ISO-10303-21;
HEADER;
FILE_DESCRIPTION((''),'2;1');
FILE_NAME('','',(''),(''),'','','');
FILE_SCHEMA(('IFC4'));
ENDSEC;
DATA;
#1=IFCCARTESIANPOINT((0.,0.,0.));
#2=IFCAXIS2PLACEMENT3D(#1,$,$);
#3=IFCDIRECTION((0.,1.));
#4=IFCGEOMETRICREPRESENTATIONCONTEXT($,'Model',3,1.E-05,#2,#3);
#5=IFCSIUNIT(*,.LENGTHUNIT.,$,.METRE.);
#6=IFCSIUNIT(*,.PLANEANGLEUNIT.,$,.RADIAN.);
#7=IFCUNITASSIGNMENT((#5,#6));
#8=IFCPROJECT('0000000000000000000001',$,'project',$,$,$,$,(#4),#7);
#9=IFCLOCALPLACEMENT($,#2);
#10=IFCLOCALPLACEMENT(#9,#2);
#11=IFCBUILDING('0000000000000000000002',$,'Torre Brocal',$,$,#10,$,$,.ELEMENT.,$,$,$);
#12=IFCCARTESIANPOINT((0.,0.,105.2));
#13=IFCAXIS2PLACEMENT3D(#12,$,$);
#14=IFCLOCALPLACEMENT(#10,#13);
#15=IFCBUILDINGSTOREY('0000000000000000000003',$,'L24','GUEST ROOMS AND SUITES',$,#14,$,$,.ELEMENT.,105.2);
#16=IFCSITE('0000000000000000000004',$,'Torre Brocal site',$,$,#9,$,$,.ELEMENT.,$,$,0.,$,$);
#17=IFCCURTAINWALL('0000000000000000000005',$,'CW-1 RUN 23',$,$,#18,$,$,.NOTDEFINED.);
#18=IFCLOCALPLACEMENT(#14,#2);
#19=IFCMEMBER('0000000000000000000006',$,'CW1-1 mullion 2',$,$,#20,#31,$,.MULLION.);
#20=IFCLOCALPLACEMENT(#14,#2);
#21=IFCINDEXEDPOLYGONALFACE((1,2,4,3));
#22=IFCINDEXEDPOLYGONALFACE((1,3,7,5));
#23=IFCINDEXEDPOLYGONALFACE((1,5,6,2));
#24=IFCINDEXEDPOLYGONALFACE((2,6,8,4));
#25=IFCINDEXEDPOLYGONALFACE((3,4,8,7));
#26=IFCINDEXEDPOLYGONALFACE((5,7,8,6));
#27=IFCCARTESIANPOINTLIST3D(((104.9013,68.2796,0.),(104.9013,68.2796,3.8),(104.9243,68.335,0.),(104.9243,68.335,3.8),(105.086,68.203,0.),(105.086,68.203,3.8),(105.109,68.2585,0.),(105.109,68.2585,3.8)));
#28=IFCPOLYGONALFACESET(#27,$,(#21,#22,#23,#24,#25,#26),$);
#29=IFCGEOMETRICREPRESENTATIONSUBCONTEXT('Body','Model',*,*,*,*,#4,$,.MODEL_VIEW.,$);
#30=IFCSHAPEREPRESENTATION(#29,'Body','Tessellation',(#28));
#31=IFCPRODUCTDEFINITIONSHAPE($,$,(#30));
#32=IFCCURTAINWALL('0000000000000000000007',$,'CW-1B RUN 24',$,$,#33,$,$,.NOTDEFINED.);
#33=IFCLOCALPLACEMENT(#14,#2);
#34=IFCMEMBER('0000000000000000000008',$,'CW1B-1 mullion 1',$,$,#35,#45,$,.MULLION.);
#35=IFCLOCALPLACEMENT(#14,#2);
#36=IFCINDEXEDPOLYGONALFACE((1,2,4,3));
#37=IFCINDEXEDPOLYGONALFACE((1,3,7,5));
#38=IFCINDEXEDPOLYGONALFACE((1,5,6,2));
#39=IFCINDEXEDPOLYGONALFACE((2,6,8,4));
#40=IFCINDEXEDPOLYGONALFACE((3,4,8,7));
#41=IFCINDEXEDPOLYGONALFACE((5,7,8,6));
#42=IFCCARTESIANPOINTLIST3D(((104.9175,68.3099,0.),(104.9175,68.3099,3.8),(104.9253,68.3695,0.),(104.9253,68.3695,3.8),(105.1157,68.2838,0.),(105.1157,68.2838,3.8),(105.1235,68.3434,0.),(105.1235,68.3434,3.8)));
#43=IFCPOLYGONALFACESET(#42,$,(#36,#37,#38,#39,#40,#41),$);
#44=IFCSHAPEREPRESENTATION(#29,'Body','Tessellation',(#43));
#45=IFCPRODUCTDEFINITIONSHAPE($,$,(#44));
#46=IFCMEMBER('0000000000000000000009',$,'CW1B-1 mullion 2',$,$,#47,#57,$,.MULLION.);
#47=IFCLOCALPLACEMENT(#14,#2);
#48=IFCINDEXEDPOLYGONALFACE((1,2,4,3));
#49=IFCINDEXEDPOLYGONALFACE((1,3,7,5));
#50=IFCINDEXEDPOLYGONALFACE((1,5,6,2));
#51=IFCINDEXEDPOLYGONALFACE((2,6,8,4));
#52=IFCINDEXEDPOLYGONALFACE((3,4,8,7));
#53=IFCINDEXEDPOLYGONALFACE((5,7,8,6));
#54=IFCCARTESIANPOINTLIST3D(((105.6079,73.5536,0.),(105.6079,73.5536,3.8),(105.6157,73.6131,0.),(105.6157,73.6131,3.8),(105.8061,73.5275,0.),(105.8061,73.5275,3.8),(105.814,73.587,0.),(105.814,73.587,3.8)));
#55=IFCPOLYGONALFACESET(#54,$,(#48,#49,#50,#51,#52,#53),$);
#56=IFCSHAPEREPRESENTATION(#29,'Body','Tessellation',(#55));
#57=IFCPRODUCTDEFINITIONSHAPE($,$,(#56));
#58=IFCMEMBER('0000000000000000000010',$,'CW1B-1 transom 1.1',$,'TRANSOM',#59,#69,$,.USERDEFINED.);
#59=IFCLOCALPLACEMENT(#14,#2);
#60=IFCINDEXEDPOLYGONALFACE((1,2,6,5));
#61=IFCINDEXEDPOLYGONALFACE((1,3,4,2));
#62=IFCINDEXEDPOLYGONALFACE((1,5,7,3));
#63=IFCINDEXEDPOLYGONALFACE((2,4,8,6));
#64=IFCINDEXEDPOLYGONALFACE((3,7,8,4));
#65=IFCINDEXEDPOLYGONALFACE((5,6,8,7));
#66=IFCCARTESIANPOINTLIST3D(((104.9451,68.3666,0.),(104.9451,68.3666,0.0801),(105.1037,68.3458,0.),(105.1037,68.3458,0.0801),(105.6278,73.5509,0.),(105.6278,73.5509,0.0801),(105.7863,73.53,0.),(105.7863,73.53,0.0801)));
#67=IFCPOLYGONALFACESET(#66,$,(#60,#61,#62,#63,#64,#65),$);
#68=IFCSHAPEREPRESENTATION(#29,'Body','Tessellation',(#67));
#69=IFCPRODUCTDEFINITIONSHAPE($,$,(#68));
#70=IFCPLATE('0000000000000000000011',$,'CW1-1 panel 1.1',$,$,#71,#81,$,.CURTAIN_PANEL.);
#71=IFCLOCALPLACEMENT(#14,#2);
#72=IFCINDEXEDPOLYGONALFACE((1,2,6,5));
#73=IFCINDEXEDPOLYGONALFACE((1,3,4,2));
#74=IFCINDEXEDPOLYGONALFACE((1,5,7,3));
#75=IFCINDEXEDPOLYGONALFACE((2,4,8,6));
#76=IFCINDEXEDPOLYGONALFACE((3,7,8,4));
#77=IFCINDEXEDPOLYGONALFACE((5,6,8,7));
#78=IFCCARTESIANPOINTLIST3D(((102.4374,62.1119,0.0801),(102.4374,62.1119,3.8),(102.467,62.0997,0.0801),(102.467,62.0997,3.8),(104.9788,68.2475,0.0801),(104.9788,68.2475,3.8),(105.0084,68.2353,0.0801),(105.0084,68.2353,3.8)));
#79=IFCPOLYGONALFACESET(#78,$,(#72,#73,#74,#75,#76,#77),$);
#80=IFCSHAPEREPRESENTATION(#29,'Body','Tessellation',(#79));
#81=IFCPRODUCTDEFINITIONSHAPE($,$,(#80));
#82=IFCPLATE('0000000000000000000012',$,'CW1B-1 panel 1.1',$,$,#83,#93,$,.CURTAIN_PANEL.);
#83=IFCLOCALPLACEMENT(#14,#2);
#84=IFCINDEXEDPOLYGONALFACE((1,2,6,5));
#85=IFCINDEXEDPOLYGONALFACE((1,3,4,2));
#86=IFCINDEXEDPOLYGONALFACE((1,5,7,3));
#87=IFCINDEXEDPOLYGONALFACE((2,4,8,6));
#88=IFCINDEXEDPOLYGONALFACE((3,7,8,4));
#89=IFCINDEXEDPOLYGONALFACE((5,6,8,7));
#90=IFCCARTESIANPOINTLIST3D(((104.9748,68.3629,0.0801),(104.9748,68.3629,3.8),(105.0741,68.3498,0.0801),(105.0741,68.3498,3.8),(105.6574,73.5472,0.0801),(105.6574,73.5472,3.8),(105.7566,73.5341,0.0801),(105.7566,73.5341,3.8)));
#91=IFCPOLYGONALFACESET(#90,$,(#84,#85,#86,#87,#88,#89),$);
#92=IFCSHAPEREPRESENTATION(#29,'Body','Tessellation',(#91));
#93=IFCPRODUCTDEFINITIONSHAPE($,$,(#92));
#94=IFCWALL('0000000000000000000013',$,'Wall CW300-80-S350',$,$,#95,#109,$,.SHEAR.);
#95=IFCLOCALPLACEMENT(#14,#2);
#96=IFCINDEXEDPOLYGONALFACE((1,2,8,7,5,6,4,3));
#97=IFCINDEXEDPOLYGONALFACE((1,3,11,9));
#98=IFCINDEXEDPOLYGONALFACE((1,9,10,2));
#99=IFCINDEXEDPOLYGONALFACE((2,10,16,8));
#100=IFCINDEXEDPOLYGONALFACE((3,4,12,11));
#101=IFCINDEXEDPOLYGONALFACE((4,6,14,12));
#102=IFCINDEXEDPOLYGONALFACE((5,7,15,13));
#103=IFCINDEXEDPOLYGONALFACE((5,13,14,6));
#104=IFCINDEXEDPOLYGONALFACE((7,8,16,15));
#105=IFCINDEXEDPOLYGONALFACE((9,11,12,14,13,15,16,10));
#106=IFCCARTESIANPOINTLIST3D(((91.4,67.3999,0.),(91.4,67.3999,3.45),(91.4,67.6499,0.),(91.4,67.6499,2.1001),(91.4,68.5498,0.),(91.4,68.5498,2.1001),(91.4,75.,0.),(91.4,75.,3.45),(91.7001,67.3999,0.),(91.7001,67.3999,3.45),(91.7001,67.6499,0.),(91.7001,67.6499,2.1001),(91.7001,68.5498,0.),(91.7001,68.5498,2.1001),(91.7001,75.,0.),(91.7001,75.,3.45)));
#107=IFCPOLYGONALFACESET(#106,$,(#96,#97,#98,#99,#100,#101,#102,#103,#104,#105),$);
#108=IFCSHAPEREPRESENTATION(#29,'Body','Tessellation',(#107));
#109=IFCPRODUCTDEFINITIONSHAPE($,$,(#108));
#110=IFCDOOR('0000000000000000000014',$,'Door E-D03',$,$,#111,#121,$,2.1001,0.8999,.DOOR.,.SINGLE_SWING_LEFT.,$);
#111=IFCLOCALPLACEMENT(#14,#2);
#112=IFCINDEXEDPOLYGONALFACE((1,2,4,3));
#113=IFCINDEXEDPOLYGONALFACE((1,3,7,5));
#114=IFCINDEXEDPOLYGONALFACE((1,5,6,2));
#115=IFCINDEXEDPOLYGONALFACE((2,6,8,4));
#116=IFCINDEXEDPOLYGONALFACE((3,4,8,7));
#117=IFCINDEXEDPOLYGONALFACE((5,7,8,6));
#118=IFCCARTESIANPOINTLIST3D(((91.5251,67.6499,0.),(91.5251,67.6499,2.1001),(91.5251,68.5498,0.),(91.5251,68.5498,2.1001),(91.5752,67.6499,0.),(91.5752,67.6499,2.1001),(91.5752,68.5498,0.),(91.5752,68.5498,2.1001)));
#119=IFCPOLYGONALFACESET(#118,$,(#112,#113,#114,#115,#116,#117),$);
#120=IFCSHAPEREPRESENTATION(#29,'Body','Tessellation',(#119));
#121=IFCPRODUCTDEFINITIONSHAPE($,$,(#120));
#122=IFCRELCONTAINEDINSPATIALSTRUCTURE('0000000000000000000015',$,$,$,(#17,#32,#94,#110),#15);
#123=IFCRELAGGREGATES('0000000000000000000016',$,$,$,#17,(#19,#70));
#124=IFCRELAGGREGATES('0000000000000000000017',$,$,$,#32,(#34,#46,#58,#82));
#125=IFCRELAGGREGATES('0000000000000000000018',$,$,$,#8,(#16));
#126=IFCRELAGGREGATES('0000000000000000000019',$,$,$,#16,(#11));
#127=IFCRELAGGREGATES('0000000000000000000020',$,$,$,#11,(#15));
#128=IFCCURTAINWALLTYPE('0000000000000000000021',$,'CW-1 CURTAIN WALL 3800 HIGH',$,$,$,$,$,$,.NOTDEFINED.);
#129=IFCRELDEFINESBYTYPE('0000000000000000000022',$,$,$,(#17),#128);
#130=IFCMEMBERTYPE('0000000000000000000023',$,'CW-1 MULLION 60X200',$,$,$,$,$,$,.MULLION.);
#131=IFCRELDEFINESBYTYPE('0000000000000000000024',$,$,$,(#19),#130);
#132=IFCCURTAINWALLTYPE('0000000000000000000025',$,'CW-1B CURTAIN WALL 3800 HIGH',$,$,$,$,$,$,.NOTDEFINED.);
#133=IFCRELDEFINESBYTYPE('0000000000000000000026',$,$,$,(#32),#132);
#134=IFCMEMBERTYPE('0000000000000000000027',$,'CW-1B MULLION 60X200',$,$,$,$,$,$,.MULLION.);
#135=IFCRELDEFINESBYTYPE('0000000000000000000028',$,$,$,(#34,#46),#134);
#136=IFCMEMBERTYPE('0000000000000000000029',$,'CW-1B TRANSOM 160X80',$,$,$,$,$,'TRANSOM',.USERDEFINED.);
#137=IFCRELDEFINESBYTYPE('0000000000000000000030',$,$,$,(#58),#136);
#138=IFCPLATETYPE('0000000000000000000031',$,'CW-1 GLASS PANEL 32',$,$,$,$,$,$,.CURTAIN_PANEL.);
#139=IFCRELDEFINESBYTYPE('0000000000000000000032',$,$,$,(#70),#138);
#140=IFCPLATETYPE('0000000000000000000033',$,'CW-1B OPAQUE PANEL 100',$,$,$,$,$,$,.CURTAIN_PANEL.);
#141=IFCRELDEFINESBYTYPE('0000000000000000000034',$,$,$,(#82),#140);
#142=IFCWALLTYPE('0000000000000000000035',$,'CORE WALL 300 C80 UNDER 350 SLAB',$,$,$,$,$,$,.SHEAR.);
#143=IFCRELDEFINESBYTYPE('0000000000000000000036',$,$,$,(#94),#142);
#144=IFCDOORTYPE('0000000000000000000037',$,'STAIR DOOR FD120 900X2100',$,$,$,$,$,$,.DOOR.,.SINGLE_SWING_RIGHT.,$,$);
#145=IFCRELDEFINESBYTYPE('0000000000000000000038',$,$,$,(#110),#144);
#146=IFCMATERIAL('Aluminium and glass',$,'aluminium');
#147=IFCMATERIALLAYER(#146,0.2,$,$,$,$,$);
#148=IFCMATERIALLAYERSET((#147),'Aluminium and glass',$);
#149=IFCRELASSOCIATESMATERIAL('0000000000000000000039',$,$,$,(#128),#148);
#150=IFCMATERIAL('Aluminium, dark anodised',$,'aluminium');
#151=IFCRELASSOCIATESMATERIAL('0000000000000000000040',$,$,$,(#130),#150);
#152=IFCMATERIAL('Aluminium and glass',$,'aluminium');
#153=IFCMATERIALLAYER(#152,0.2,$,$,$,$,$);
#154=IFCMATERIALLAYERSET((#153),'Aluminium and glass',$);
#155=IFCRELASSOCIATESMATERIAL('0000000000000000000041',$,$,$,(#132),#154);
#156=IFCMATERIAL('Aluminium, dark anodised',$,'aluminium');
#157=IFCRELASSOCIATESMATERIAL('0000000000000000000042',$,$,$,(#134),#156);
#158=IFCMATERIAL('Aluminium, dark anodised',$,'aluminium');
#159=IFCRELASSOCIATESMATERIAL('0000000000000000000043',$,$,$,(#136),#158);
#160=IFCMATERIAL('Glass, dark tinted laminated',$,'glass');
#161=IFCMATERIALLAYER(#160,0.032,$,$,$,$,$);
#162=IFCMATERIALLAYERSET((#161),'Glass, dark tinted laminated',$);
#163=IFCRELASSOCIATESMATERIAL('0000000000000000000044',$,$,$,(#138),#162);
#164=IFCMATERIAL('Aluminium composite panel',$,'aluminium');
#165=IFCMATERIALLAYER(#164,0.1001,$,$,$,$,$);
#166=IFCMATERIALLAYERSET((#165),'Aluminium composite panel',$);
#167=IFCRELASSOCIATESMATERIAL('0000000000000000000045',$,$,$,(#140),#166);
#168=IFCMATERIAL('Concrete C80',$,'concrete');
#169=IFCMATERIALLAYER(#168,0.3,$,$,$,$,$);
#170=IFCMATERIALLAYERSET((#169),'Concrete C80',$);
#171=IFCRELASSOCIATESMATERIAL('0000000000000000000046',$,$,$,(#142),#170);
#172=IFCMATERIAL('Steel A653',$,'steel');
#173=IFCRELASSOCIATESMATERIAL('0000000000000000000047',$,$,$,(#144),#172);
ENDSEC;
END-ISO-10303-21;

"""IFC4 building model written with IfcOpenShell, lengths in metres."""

from ifc_helpers import new_model, si_unit, direction, frame, frame_2d, origin, origin_2d, place, context, subcontext, project, spatial, rectangle, extrude, material, layer, layer_set, material_profile, profile_set, type_object, element, fill, aggregate, save


model = new_model("IFC4")

# Units and contexts
model_context = context("Model", 3, precision=1e-05, world=origin(), true_north=direction((0.0, 1.0)))
body_context = subcontext(model_context, "Body", "Model", "MODEL_VIEW")
ifc_project = project(units=[si_unit("LENGTHUNIT", "METRE"), si_unit("PLANEANGLEUNIT", "RADIAN")], contexts=[model_context])

# Site, building, storey
site_placement = place(None, origin())
site = spatial("IfcSite", under=ifc_project, at=site_placement, Name="Torre Brocal site", CompositionType="ELEMENT", RefElevation=0.0)
building_placement = place(site_placement, origin())
building = spatial("IfcBuilding", under=site, at=building_placement, Name="Torre Brocal", CompositionType="ELEMENT")
storey_placement = place(building_placement, frame((0.0, 0.0, 105.2)))
storey = spatial("IfcBuildingStorey", under=building, at=storey_placement, Name="L24", Description="GUEST ROOMS AND SUITES", CompositionType="ELEMENT", Elevation=105.2)

# Curtain wall, member
ifc_material_1 = material(Name="Aluminium and glass", Category="aluminium")
ifc_layer_1 = layer(ifc_material_1, 0.2)
ifc_layer_set_1 = layer_set([ifc_layer_1], Name="Aluminium and glass")
curtain_wall_type_1 = type_object("IfcCurtainWallType", Name="CW-1 CURTAIN WALL 3800 HIGH", PredefinedType="NOTDEFINED", material=ifc_layer_set_1)
curtain_wall_1_placement = place(storey_placement, origin())
curtain_wall_1 = element("IfcCurtainWall", 1, at=curtain_wall_1_placement, inside=storey, type_object=curtain_wall_type_1, Name="CW-1 RUN 23", PredefinedType="NOTDEFINED")
ifc_material_2 = material(Name="Aluminium, dark anodised", Category="aluminium")
ifc_material_profile_1 = material_profile(ifc_material_2, rectangle(XDim=0.2, YDim=0.0601, at=origin_2d()), Name="CW-1 MULLION 60X200")
ifc_profile_set_1 = profile_set([ifc_material_profile_1], Name="Aluminium, dark anodised")
member_type_1 = type_object("IfcMemberType", Name="CW-1 MULLION 60X200", PredefinedType="MULLION", material=ifc_profile_set_1)
member_1_placement = place(storey_placement, frame((105.0051, 68.269, 0.0), z_axis=(0.0, 0.0, 1.0), x_axis=(-0.92388, 0.382683, 0.0)))
member_1 = element("IfcMember", 2, at=member_1_placement, type_object=member_type_1, Name="CW1-1 mullion 2", PredefinedType="MULLION", context=body_context, shape_type="SweptSolid", body=[
    extrude(rectangle(XDim=0.2, YDim=0.0601, at=origin_2d()), origin(), (0.0, 0.0, 1.0), 3.8),
])

# Curtain wall, members
ifc_material_3 = material(Name="Aluminium and glass", Category="aluminium")
ifc_layer_2 = layer(ifc_material_3, 0.2)
ifc_layer_set_2 = layer_set([ifc_layer_2], Name="Aluminium and glass")
curtain_wall_type_2 = type_object("IfcCurtainWallType", Name="CW-1B CURTAIN WALL 3800 HIGH", PredefinedType="NOTDEFINED", material=ifc_layer_set_2)
curtain_wall_2_placement = place(storey_placement, origin())
curtain_wall_2 = element("IfcCurtainWall", 3, at=curtain_wall_2_placement, inside=storey, type_object=curtain_wall_type_2, Name="CW-1B RUN 24", PredefinedType="NOTDEFINED")
ifc_material_4 = material(Name="Aluminium, dark anodised", Category="aluminium")
ifc_material_profile_2 = material_profile(ifc_material_4, rectangle(XDim=0.2, YDim=0.0601, at=origin_2d()), Name="CW-1B MULLION 60X200")
ifc_profile_set_2 = profile_set([ifc_material_profile_2], Name="Aluminium, dark anodised")
member_type_2 = type_object("IfcMemberType", Name="CW-1B MULLION 60X200", PredefinedType="MULLION", material=ifc_profile_set_2)
member_2_placement = place(storey_placement, frame((105.0205, 68.3267, 0.0), z_axis=(0.0, 0.0, 1.0), x_axis=(-0.991445, 0.130526, 0.0)))
member_2 = element("IfcMember", 4, at=member_2_placement, type_object=member_type_2, Name="CW1B-1 mullion 1", PredefinedType="MULLION", context=body_context, shape_type="SweptSolid", body=[
    extrude(rectangle(XDim=0.2, YDim=0.0601, at=origin_2d()), origin(), (0.0, 0.0, 1.0), 3.8),
])
member_3_placement = place(storey_placement, frame((105.7109, 73.5703, 0.0), z_axis=(0.0, 0.0, 1.0), x_axis=(-0.991445, 0.130526, 0.0)))
member_3 = element("IfcMember", 5, at=member_3_placement, type_object=member_type_2, Name="CW1B-1 mullion 2", PredefinedType="MULLION", context=body_context, shape_type="SweptSolid", body=[
    extrude(rectangle(XDim=0.2, YDim=0.0601, at=origin_2d()), origin(), (0.0, 0.0, 1.0), 3.8),
])
ifc_material_5 = material(Name="Aluminium, dark anodised", Category="aluminium")
ifc_material_profile_3 = material_profile(ifc_material_5, rectangle(XDim=0.1599, YDim=0.0801, at=origin_2d()), Name="CW-1B TRANSOM 160X80")
ifc_profile_set_3 = profile_set([ifc_material_profile_3], Name="Aluminium, dark anodised")
member_type_3 = type_object("IfcMemberType", Name="CW-1B TRANSOM 160X80", ElementType="TRANSOM", PredefinedType="USERDEFINED", material=ifc_profile_set_3)
member_4_placement = place(storey_placement, frame((105.0244, 68.3562, 0.04), z_axis=(0.130543, 0.991443, 0.0), x_axis=(-0.991443, 0.130543, 0.0)))
member_4 = element("IfcMember", 6, at=member_4_placement, type_object=member_type_3, Name="CW1B-1 transom 1.1", ObjectType="TRANSOM", PredefinedType="USERDEFINED", context=body_context, shape_type="SweptSolid", body=[
    extrude(rectangle(XDim=0.1599, YDim=0.0801, at=origin_2d()), origin(), (0.0, 0.0, 1.0), 5.229),
])

# Plates
ifc_material_6 = material(Name="Glass, dark tinted laminated", Category="glass")
ifc_layer_3 = layer(ifc_material_6, 0.032)
ifc_layer_set_3 = layer_set([ifc_layer_3], Name="Glass, dark tinted laminated")
plate_type_1 = type_object("IfcPlateType", Name="CW-1 GLASS PANEL 32", PredefinedType="CURTAIN_PANEL", material=ifc_layer_set_3)
plate_1_placement = place(storey_placement, frame((103.7229, 65.1736, 0.0801), z_axis=(0.0, 0.0, 1.0), x_axis=(0.382683, 0.92388, 0.0)))
plate_1 = element("IfcPlate", 7, at=plate_1_placement, type_object=plate_type_1, Name="CW1-1 panel 1.1", PredefinedType="CURTAIN_PANEL", context=body_context, shape_type="SweptSolid", body=[
    extrude(rectangle(XDim=6.6411, YDim=0.032, at=origin_2d()), origin(), (0.0, 0.0, 1.0), 3.72),
])
aggregate(curtain_wall_1, [member_1, plate_1])
ifc_material_7 = material(Name="Aluminium composite panel", Category="aluminium")
ifc_layer_4 = layer(ifc_material_7, 0.1001)
ifc_layer_set_4 = layer_set([ifc_layer_4], Name="Aluminium composite panel")
plate_type_2 = type_object("IfcPlateType", Name="CW-1B OPAQUE PANEL 100", PredefinedType="CURTAIN_PANEL", material=ifc_layer_set_4)
plate_2_placement = place(storey_placement, frame((105.3657, 70.9485, 0.0801), z_axis=(0.0, 0.0, 1.0), x_axis=(0.130526, 0.991445, 0.0)))
plate_2 = element("IfcPlate", 8, at=plate_2_placement, type_object=plate_type_2, Name="CW1B-1 panel 1.1", PredefinedType="CURTAIN_PANEL", context=body_context, shape_type="SweptSolid", body=[
    extrude(rectangle(XDim=5.229, YDim=0.1001, at=origin_2d()), origin(), (0.0, 0.0, 1.0), 3.72),
])
aggregate(curtain_wall_2, [member_2, member_3, member_4, plate_2])

# Wall, opening, door
ifc_material_8 = material(Name="Concrete C80", Category="concrete")
ifc_layer_5 = layer(ifc_material_8, 0.3)
ifc_layer_set_5 = layer_set([ifc_layer_5], Name="Concrete C80")
wall_type_1 = type_object("IfcWallType", Name="CORE WALL 300 C80 UNDER 350 SLAB", PredefinedType="SHEAR", material=ifc_layer_set_5)
wall_1_placement = place(storey_placement, frame((91.55, 67.3999, 0.0), z_axis=(0.0, 0.0, 1.0), x_axis=(0.0, 1.0, 0.0)))
wall_1 = element("IfcWall", 9, at=wall_1_placement, inside=storey, type_object=wall_type_1, Name="Wall CW300-80-S350", PredefinedType="SHEAR", context=body_context, shape_type="SweptSolid", body=[
    extrude(rectangle(XDim=7.6001, YDim=0.3, at=frame_2d((3.8, 0.0))), origin(), (0.0, 0.0, 1.0), 3.45),
])
opening_1_placement = place(wall_1_placement, frame((0.25, 0.0, 0.0)))
opening_1 = element("IfcOpeningElement", 10, at=opening_1_placement, cuts=wall_1, PredefinedType="OPENING", context=body_context, shape_type="SweptSolid", body=[
    extrude(rectangle(XDim=0.8999, YDim=2.1001, at=frame_2d((0.45, 1.05))), frame((0.0, 0.1599, 0.0), z_axis=(0.0, -1.0, 0.0), x_axis=(1.0, 0.0, 0.0)), (0.0, 0.0, 1.0), 0.3201),
])
ifc_material_9 = material(Name="Steel A653", Category="steel")
door_type_1 = type_object("IfcDoorType", Name="STAIR DOOR FD120 900X2100", OperationType="SINGLE_SWING_RIGHT", PredefinedType="DOOR", material=ifc_material_9)
door_1_placement = place(opening_1_placement, origin())
door_1 = element("IfcDoor", 11, at=door_1_placement, inside=storey, type_object=door_type_1, Name="Door E-D03", OperationType="SINGLE_SWING_LEFT", OverallHeight=2.1001, OverallWidth=0.8999, PredefinedType="DOOR", context=body_context, shape_type="SweptSolid", body=[
    extrude(rectangle(XDim=0.8999, YDim=2.1001, at=frame_2d((0.45, 1.05))), frame((0.0, 0.0249, 0.0), z_axis=(0.0, -1.0, 0.0), x_axis=(1.0, 0.0, 0.0)), (0.0, 0.0, 1.0), 0.05),
])
fill(opening_1, door_1)

save(model, "model.ifc")
